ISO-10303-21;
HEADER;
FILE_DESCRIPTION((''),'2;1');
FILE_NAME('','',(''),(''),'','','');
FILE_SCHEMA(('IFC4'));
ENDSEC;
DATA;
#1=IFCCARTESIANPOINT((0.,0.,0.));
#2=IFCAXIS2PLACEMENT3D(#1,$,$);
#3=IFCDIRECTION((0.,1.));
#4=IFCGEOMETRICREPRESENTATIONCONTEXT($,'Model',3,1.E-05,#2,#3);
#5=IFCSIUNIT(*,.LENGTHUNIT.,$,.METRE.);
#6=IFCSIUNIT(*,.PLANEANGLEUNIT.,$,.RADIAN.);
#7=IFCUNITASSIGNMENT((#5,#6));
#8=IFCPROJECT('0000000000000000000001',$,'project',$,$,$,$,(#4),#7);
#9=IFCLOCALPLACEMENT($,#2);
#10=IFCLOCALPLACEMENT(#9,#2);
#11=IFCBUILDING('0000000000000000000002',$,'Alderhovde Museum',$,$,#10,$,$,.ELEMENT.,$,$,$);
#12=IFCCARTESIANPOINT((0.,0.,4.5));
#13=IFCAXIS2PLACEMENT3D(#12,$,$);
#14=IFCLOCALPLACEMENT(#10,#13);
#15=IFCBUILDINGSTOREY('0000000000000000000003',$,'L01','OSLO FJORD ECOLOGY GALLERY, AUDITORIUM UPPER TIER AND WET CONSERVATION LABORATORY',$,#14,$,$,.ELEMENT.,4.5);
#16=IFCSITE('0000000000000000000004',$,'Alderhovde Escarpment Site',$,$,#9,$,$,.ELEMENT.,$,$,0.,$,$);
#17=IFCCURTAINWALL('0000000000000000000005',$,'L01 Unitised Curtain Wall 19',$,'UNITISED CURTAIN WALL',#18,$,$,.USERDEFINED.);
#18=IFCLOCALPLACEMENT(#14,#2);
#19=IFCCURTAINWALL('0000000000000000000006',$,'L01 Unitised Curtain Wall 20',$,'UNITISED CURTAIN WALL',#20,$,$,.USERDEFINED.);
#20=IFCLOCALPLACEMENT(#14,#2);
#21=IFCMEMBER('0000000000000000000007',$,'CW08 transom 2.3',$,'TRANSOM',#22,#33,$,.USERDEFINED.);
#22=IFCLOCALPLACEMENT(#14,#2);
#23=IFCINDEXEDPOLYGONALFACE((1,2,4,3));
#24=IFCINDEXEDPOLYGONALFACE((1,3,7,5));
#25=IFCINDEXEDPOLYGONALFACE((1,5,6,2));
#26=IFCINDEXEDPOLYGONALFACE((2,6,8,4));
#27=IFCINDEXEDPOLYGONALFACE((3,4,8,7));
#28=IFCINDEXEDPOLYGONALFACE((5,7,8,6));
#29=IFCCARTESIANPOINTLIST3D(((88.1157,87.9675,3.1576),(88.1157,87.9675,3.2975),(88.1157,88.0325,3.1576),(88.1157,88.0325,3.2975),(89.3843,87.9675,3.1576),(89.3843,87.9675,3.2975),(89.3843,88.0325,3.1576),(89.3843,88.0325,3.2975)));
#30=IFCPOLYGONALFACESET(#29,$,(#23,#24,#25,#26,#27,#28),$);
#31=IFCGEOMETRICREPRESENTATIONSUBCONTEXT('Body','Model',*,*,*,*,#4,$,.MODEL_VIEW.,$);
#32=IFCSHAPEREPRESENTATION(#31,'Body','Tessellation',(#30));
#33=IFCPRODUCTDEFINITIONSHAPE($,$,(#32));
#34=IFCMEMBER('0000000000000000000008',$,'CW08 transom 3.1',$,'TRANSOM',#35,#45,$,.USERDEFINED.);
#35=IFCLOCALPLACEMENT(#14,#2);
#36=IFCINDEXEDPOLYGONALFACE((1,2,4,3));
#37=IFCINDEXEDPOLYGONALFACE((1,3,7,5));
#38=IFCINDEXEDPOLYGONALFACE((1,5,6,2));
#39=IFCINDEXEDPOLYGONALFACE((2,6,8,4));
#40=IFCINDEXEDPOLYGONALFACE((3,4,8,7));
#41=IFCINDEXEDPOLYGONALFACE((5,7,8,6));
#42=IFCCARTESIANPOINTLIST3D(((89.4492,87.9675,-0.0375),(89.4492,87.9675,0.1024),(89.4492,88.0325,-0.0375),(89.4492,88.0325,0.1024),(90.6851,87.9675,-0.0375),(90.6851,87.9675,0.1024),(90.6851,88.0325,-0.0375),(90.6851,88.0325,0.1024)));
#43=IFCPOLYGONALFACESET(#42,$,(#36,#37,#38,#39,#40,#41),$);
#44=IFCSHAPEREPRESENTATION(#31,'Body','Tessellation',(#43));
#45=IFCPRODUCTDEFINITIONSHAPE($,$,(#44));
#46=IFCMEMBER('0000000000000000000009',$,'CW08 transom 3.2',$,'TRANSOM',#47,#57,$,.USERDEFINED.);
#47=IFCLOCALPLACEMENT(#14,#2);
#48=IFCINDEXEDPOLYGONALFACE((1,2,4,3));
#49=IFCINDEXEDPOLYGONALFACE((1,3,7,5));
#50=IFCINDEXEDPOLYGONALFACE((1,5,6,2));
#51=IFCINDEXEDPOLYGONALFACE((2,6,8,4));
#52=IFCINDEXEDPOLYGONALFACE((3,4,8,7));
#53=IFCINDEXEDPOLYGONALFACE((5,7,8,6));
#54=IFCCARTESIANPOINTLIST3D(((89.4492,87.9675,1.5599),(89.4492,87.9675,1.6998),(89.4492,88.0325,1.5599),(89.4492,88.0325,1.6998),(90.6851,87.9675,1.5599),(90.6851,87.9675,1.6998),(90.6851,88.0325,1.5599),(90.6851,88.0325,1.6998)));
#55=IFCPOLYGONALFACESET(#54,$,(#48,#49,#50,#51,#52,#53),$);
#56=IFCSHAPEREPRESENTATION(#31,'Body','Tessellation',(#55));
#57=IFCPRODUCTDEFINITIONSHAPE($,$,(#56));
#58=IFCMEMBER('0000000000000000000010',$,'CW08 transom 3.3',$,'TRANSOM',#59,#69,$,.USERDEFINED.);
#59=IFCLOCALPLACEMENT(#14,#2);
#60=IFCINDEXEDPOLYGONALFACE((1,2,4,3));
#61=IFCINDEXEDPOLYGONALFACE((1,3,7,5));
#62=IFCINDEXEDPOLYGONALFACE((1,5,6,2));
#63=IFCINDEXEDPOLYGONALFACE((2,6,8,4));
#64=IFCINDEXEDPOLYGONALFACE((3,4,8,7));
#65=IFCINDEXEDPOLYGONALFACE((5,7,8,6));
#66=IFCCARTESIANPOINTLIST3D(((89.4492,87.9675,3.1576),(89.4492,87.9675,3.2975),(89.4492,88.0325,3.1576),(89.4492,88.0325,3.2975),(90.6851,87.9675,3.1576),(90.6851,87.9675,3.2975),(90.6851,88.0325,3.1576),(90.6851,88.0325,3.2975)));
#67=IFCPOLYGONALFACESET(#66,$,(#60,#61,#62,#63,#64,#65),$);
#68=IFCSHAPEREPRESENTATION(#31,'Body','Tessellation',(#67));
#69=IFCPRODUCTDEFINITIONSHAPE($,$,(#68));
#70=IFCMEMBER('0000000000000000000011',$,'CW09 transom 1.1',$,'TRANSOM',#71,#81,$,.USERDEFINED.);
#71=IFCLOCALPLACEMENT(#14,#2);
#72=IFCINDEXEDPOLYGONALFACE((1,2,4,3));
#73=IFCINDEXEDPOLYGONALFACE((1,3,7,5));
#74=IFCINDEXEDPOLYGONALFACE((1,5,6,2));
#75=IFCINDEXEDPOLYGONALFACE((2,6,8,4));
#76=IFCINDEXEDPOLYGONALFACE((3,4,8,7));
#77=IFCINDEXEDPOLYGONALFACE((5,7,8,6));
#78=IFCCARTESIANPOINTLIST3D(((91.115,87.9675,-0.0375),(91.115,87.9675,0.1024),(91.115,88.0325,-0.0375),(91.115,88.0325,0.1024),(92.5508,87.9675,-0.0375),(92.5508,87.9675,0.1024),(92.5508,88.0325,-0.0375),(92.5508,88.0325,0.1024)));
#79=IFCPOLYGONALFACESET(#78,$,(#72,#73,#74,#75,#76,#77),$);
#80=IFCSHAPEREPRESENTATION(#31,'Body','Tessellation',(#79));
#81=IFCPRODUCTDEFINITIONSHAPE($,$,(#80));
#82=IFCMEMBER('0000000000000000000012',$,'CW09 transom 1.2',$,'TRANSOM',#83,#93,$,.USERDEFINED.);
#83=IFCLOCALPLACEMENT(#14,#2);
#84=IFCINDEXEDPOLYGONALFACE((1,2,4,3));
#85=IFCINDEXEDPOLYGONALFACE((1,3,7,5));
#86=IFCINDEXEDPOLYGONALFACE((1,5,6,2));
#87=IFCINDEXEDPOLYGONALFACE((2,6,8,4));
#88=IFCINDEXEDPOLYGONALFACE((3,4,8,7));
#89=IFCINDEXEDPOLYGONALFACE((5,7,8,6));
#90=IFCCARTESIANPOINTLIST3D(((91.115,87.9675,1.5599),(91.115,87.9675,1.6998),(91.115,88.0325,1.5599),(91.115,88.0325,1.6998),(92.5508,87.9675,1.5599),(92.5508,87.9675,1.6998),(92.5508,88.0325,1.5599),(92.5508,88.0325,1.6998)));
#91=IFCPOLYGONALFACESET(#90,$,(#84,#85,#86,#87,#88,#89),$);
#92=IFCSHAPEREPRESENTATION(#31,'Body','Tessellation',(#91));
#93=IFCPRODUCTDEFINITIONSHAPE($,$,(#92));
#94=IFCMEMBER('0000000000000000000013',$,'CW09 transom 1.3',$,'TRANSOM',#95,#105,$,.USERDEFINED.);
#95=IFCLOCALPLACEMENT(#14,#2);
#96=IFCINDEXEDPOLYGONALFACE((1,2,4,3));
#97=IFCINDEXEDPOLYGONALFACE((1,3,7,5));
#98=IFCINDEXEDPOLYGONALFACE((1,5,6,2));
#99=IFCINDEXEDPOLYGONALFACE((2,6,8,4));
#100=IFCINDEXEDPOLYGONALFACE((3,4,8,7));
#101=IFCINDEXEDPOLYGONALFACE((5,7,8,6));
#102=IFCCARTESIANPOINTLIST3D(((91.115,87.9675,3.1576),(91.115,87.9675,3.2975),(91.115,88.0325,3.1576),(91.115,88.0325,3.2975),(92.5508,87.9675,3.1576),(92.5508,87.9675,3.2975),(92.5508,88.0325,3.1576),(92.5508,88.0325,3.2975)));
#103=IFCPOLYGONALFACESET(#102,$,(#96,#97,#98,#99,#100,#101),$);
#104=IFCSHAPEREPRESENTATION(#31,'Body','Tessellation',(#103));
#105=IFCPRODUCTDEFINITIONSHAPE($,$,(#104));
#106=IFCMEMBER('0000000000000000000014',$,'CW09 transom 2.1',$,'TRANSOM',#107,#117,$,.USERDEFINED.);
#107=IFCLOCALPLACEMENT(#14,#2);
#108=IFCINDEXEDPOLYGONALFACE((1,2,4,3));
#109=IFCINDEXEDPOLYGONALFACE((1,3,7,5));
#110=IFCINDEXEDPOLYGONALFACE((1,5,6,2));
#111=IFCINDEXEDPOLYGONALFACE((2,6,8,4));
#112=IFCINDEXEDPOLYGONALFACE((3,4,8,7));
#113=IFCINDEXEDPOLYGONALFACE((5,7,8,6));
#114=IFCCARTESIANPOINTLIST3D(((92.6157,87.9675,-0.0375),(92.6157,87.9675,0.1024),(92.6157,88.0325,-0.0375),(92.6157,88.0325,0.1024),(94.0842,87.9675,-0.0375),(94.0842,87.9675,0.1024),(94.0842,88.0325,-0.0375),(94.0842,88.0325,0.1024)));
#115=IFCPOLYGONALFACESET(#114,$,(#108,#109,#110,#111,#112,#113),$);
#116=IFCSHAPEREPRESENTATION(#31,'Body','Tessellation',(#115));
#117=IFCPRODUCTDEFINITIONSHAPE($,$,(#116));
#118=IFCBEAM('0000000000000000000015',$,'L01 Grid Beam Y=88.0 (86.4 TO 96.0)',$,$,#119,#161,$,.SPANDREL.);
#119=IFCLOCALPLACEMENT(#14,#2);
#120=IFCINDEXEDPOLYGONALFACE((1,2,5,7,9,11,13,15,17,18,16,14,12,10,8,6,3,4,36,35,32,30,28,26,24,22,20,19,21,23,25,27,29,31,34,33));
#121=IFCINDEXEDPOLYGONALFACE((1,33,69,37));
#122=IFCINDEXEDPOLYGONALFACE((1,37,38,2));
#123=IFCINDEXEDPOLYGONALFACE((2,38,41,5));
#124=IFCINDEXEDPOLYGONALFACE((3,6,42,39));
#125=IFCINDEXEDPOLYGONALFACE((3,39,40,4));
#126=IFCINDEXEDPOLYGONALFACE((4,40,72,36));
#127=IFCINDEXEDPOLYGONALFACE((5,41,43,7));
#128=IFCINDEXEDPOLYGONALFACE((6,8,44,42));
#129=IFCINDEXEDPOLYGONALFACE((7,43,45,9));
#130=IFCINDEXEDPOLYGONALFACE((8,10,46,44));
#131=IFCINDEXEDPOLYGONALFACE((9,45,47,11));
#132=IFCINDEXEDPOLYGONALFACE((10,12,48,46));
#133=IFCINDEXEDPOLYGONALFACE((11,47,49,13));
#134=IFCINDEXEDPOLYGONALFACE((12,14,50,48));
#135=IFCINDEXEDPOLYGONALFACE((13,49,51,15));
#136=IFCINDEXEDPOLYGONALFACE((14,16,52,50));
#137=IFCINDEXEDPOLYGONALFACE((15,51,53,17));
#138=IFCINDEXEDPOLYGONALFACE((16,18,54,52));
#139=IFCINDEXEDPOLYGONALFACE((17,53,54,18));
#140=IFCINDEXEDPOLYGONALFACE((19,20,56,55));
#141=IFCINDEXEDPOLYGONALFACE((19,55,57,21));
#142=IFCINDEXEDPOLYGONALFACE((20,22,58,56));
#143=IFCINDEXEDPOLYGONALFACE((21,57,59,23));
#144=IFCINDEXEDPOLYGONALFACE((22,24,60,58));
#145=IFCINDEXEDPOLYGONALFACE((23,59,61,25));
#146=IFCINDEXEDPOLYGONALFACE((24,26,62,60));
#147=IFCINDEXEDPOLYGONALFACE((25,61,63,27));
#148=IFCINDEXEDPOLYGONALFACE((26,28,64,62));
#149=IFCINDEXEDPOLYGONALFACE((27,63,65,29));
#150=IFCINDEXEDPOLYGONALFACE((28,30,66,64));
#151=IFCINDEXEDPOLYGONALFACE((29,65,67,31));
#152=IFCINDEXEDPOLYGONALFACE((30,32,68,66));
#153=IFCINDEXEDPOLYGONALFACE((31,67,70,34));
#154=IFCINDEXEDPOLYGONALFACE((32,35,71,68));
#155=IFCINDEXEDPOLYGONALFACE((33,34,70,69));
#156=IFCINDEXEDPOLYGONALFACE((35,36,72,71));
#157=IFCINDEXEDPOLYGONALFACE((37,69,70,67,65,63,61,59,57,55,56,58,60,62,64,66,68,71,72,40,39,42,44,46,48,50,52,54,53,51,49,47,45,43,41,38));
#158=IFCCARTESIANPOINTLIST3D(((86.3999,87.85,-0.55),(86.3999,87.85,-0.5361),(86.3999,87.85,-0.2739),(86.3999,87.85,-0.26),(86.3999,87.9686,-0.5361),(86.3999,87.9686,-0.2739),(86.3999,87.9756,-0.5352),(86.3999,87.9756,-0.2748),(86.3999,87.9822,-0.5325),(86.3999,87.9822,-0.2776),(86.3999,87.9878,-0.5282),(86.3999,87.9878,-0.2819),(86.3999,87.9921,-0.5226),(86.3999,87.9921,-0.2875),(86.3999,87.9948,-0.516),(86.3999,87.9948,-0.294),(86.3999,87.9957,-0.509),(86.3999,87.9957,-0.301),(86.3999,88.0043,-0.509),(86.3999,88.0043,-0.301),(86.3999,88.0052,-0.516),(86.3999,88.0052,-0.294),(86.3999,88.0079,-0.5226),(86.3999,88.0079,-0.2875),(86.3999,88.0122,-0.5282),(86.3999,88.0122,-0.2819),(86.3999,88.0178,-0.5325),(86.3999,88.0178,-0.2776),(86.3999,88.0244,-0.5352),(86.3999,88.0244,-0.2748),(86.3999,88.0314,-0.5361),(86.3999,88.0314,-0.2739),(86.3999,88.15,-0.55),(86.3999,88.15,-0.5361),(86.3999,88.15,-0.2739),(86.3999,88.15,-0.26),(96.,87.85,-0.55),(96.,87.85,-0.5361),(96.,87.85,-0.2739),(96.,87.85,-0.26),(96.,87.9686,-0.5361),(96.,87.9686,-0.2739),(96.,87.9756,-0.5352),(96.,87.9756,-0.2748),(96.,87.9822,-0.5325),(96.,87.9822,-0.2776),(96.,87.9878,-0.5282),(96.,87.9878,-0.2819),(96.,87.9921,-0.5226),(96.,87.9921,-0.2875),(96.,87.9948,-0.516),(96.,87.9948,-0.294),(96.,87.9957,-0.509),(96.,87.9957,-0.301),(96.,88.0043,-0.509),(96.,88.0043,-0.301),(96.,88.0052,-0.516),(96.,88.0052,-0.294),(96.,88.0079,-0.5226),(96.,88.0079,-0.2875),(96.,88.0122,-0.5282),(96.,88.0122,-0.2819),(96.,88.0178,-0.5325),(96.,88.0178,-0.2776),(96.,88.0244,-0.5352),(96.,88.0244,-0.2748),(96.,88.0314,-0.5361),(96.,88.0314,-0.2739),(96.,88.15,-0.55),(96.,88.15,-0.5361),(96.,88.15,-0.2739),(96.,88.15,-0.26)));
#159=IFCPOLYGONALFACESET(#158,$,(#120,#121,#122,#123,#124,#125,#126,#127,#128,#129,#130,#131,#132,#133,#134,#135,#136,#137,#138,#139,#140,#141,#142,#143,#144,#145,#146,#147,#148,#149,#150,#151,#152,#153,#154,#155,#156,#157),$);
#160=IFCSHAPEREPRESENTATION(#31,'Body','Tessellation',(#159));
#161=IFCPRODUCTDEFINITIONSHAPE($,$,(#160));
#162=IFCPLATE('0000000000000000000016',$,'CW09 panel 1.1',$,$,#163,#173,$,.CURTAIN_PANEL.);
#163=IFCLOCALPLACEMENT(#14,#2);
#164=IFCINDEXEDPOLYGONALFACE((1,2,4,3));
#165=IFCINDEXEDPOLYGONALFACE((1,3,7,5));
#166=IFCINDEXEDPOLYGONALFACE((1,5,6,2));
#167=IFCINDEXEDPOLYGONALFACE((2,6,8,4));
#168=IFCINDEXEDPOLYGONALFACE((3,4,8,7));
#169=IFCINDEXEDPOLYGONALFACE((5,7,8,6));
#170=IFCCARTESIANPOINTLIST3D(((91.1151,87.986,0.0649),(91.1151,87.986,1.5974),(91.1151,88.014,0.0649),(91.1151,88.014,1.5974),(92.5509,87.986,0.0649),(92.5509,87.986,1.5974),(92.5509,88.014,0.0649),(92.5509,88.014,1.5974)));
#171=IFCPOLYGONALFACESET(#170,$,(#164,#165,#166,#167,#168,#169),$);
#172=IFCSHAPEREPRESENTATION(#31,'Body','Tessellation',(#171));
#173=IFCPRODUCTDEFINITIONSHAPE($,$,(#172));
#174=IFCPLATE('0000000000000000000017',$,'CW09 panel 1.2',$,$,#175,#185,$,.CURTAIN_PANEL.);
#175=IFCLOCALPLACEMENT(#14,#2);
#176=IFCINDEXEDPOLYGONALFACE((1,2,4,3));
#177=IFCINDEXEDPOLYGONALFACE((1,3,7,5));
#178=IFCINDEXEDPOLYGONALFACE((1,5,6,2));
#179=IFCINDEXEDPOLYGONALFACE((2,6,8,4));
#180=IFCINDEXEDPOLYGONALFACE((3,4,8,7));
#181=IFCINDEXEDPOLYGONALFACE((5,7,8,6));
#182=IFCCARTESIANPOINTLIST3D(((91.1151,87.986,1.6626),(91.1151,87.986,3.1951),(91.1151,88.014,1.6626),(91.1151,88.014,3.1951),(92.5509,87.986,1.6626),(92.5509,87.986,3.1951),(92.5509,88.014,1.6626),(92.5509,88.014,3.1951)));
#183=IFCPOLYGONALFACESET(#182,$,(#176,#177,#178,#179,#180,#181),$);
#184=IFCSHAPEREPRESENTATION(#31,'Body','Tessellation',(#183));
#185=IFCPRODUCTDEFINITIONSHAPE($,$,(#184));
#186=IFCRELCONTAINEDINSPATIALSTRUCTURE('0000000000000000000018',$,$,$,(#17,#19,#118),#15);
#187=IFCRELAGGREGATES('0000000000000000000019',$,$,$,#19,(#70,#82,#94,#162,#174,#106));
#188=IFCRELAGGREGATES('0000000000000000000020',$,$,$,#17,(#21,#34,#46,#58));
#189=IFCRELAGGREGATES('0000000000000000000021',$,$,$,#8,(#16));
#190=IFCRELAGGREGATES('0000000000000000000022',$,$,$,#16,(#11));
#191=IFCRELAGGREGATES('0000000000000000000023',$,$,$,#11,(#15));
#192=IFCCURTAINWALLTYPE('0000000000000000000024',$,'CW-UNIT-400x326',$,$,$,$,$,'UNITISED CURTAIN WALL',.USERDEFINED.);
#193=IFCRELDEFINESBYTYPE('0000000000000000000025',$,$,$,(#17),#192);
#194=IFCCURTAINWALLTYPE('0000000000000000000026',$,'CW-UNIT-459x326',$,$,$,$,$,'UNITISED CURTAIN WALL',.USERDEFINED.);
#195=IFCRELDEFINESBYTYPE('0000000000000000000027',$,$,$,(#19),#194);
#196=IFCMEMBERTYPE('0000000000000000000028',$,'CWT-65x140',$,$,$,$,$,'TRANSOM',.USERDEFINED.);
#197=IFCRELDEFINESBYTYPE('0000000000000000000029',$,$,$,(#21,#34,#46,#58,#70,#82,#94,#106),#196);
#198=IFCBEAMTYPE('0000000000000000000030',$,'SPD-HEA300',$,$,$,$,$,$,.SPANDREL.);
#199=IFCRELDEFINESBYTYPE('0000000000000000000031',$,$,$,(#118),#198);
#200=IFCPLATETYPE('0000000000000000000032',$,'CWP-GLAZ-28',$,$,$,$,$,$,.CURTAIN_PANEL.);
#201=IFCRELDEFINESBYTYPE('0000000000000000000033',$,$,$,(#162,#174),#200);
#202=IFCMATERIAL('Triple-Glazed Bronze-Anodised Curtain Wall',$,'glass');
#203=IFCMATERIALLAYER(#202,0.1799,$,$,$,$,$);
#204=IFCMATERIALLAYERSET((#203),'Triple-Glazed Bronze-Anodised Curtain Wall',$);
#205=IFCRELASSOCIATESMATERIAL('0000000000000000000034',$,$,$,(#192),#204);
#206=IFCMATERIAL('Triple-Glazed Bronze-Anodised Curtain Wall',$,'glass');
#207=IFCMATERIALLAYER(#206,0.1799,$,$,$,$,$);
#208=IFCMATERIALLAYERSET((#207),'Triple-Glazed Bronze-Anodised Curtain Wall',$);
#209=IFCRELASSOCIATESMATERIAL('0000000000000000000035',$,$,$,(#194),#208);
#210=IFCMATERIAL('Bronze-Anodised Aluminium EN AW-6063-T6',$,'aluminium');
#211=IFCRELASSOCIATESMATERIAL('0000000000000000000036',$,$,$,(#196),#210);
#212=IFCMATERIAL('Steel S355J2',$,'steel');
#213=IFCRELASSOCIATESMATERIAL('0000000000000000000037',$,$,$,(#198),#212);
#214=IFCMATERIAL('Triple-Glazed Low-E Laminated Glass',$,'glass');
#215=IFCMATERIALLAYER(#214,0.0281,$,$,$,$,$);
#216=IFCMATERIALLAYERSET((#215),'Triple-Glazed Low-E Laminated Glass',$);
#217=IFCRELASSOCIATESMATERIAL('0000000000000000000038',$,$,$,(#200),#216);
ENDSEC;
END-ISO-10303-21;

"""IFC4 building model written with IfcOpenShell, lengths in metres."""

from ifc_helpers import new_model, si_unit, direction, frame, origin, origin_2d, place, context, subcontext, project, spatial, rectangle, i_section, extrude, material, layer, layer_set, material_profile, profile_set, type_object, element, aggregate, save


model = new_model("IFC4")

# Units and contexts
model_context = context("Model", 3, precision=1e-05, world=origin(), true_north=direction((0.0, 1.0)))
body_context = subcontext(model_context, "Body", "Model", "MODEL_VIEW")
ifc_project = project(units=[si_unit("LENGTHUNIT", "METRE"), si_unit("PLANEANGLEUNIT", "RADIAN")], contexts=[model_context])

# Site, building, storey
site_placement = place(None, origin())
site = spatial("IfcSite", under=ifc_project, at=site_placement, Name="Alderhovde Escarpment Site", CompositionType="ELEMENT", RefElevation=0.0)
building_placement = place(site_placement, origin())
building = spatial("IfcBuilding", under=site, at=building_placement, Name="Alderhovde Museum", CompositionType="ELEMENT")
storey_placement = place(building_placement, frame((0.0, 0.0, 4.5)))
storey = spatial("IfcBuildingStorey", under=building, at=storey_placement, Name="L01", Description="OSLO FJORD ECOLOGY GALLERY, AUDITORIUM UPPER TIER AND WET CONSERVATION LABORATORY", CompositionType="ELEMENT", Elevation=4.5)

# Curtain walls
ifc_material_1 = material(Name="Triple-Glazed Bronze-Anodised Curtain Wall", Category="glass")
ifc_layer_1 = layer(ifc_material_1, 0.1799)
ifc_layer_set_1 = layer_set([ifc_layer_1], Name="Triple-Glazed Bronze-Anodised Curtain Wall")
curtain_wall_type_1 = type_object("IfcCurtainWallType", Name="CW-UNIT-400x326", ElementType="UNITISED CURTAIN WALL", PredefinedType="USERDEFINED", material=ifc_layer_set_1)
curtain_wall_1_placement = place(storey_placement, origin())
curtain_wall_1 = element("IfcCurtainWall", 1, at=curtain_wall_1_placement, inside=storey, type_object=curtain_wall_type_1, Name="L01 Unitised Curtain Wall 19", ObjectType="UNITISED CURTAIN WALL", PredefinedType="USERDEFINED")
ifc_material_2 = material(Name="Triple-Glazed Bronze-Anodised Curtain Wall", Category="glass")
ifc_layer_2 = layer(ifc_material_2, 0.1799)
ifc_layer_set_2 = layer_set([ifc_layer_2], Name="Triple-Glazed Bronze-Anodised Curtain Wall")
curtain_wall_type_2 = type_object("IfcCurtainWallType", Name="CW-UNIT-459x326", ElementType="UNITISED CURTAIN WALL", PredefinedType="USERDEFINED", material=ifc_layer_set_2)
curtain_wall_2_placement = place(storey_placement, origin())
curtain_wall_2 = element("IfcCurtainWall", 2, at=curtain_wall_2_placement, inside=storey, type_object=curtain_wall_type_2, Name="L01 Unitised Curtain Wall 20", ObjectType="UNITISED CURTAIN WALL", PredefinedType="USERDEFINED")

# Members
ifc_material_3 = material(Name="Bronze-Anodised Aluminium EN AW-6063-T6", Category="aluminium")
ifc_material_profile_1 = material_profile(ifc_material_3, rectangle(XDim=0.0649, YDim=0.1399, at=origin_2d()), Name="TRANSOM 65x140")
ifc_profile_set_1 = profile_set([ifc_material_profile_1], Name="Bronze-Anodised Aluminium EN AW-6063-T6")
member_type_1 = type_object("IfcMemberType", Name="CWT-65x140", ElementType="TRANSOM", PredefinedType="USERDEFINED", material=ifc_profile_set_1)
member_1_placement = place(storey_placement, frame((88.1157, 88.0, 3.2275), z_axis=(1.0, 0.0, 0.0), x_axis=(0.0, 1.0, 0.0)))
member_1 = element("IfcMember", 3, at=member_1_placement, type_object=member_type_1, Name="CW08 transom 2.3", ObjectType="TRANSOM", PredefinedType="USERDEFINED", context=body_context, shape_type="SweptSolid", body=[
    extrude(rectangle(XDim=0.0649, YDim=0.1399, at=origin_2d()), origin(), (0.0, 0.0, 1.0), 1.2686),
])
member_2_placement = place(storey_placement, frame((89.4492, 88.0, 0.0325), z_axis=(1.0, 0.0, 0.0), x_axis=(0.0, 1.0, 0.0)))
member_2 = element("IfcMember", 4, at=member_2_placement, type_object=member_type_1, Name="CW08 transom 3.1", ObjectType="TRANSOM", PredefinedType="USERDEFINED", context=body_context, shape_type="SweptSolid", body=[
    extrude(rectangle(XDim=0.0649, YDim=0.1399, at=origin_2d()), origin(), (0.0, 0.0, 1.0), 1.2358),
])
member_3_placement = place(storey_placement, frame((89.4492, 88.0, 1.6299), z_axis=(1.0, 0.0, 0.0), x_axis=(0.0, 1.0, 0.0)))
member_3 = element("IfcMember", 5, at=member_3_placement, type_object=member_type_1, Name="CW08 transom 3.2", ObjectType="TRANSOM", PredefinedType="USERDEFINED", context=body_context, shape_type="SweptSolid", body=[
    extrude(rectangle(XDim=0.0649, YDim=0.1399, at=origin_2d()), origin(), (0.0, 0.0, 1.0), 1.2358),
])
member_4_placement = place(storey_placement, frame((89.4492, 88.0, 3.2275), z_axis=(1.0, 0.0, 0.0), x_axis=(0.0, 1.0, 0.0)))
member_4 = element("IfcMember", 6, at=member_4_placement, type_object=member_type_1, Name="CW08 transom 3.3", ObjectType="TRANSOM", PredefinedType="USERDEFINED", context=body_context, shape_type="SweptSolid", body=[
    extrude(rectangle(XDim=0.0649, YDim=0.1399, at=origin_2d()), origin(), (0.0, 0.0, 1.0), 1.2358),
])
member_5_placement = place(storey_placement, frame((91.115, 88.0, 0.0325), z_axis=(1.0, 0.0, 0.0), x_axis=(0.0, 1.0, 0.0)))
member_5 = element("IfcMember", 7, at=member_5_placement, type_object=member_type_1, Name="CW09 transom 1.1", ObjectType="TRANSOM", PredefinedType="USERDEFINED", context=body_context, shape_type="SweptSolid", body=[
    extrude(rectangle(XDim=0.0649, YDim=0.1399, at=origin_2d()), origin(), (0.0, 0.0, 1.0), 1.4358),
])
member_6_placement = place(storey_placement, frame((91.115, 88.0, 1.6299), z_axis=(1.0, 0.0, 0.0), x_axis=(0.0, 1.0, 0.0)))
member_6 = element("IfcMember", 8, at=member_6_placement, type_object=member_type_1, Name="CW09 transom 1.2", ObjectType="TRANSOM", PredefinedType="USERDEFINED", context=body_context, shape_type="SweptSolid", body=[
    extrude(rectangle(XDim=0.0649, YDim=0.1399, at=origin_2d()), origin(), (0.0, 0.0, 1.0), 1.4358),
])
member_7_placement = place(storey_placement, frame((91.115, 88.0, 3.2275), z_axis=(1.0, 0.0, 0.0), x_axis=(0.0, 1.0, 0.0)))
member_7 = element("IfcMember", 9, at=member_7_placement, type_object=member_type_1, Name="CW09 transom 1.3", ObjectType="TRANSOM", PredefinedType="USERDEFINED", context=body_context, shape_type="SweptSolid", body=[
    extrude(rectangle(XDim=0.0649, YDim=0.1399, at=origin_2d()), origin(), (0.0, 0.0, 1.0), 1.4358),
])
member_8_placement = place(storey_placement, frame((92.6157, 88.0, 0.0325), z_axis=(1.0, 0.0, 0.0), x_axis=(0.0, 1.0, 0.0)))
member_8 = element("IfcMember", 10, at=member_8_placement, type_object=member_type_1, Name="CW09 transom 2.1", ObjectType="TRANSOM", PredefinedType="USERDEFINED", context=body_context, shape_type="SweptSolid", body=[
    extrude(rectangle(XDim=0.0649, YDim=0.1399, at=origin_2d()), origin(), (0.0, 0.0, 1.0), 1.4685),
])

# Beam
ifc_material_4 = material(Name="Steel S355J2", Category="steel")
ifc_material_profile_2 = material_profile(ifc_material_4, i_section(OverallWidth=0.3, OverallDepth=0.29, WebThickness=0.0085, FlangeThickness=0.0139, FilletRadius=0.0271, at=origin_2d()), Name="HEA 300")
ifc_profile_set_2 = profile_set([ifc_material_profile_2], Name="Steel S355J2")
beam_type = type_object("IfcBeamType", Name="SPD-HEA300", PredefinedType="SPANDREL", material=ifc_profile_set_2)
beam_placement = place(storey_placement, frame((86.3999, 88.0, -0.405), z_axis=(1.0, 0.0, 0.0), x_axis=(0.0, 1.0, 0.0)))
element("IfcBeam", 11, at=beam_placement, inside=storey, type_object=beam_type, Name="L01 Grid Beam Y=88.0 (86.4 TO 96.0)", PredefinedType="SPANDREL", context=body_context, shape_type="SweptSolid", body=[
    extrude(i_section(OverallWidth=0.3, OverallDepth=0.29, WebThickness=0.0085, FlangeThickness=0.0139, FilletRadius=0.0271, at=origin_2d()), origin(), (0.0, 0.0, 1.0), 9.6001),
])

# Plates
ifc_material_5 = material(Name="Triple-Glazed Low-E Laminated Glass", Category="glass")
ifc_layer_3 = layer(ifc_material_5, 0.0281)
ifc_layer_set_3 = layer_set([ifc_layer_3], Name="Triple-Glazed Low-E Laminated Glass")
plate_type_1 = type_object("IfcPlateType", Name="CWP-GLAZ-28", PredefinedType="CURTAIN_PANEL", material=ifc_layer_set_3)
plate_1_placement = place(storey_placement, frame((91.833, 88.0, 0.0649), z_axis=(0.0, 0.0, 1.0), x_axis=(1.0, 0.0, 0.0)))
plate_1 = element("IfcPlate", 12, at=plate_1_placement, type_object=plate_type_1, Name="CW09 panel 1.1", PredefinedType="CURTAIN_PANEL", context=body_context, shape_type="SweptSolid", body=[
    extrude(rectangle(XDim=1.4358, YDim=0.0281, at=origin_2d()), origin(), (0.0, 0.0, 1.0), 1.5325),
])
plate_2_placement = place(storey_placement, frame((91.833, 88.0, 1.6626), z_axis=(0.0, 0.0, 1.0), x_axis=(1.0, 0.0, 0.0)))
plate_2 = element("IfcPlate", 13, at=plate_2_placement, type_object=plate_type_1, Name="CW09 panel 1.2", PredefinedType="CURTAIN_PANEL", context=body_context, shape_type="SweptSolid", body=[
    extrude(rectangle(XDim=1.4358, YDim=0.0281, at=origin_2d()), origin(), (0.0, 0.0, 1.0), 1.5325),
])
aggregate(curtain_wall_2, [member_5, member_6, member_7, plate_1, plate_2, member_8])
aggregate(curtain_wall_1, [member_1, member_2, member_3, member_4])

save(model, "model.ifc")
